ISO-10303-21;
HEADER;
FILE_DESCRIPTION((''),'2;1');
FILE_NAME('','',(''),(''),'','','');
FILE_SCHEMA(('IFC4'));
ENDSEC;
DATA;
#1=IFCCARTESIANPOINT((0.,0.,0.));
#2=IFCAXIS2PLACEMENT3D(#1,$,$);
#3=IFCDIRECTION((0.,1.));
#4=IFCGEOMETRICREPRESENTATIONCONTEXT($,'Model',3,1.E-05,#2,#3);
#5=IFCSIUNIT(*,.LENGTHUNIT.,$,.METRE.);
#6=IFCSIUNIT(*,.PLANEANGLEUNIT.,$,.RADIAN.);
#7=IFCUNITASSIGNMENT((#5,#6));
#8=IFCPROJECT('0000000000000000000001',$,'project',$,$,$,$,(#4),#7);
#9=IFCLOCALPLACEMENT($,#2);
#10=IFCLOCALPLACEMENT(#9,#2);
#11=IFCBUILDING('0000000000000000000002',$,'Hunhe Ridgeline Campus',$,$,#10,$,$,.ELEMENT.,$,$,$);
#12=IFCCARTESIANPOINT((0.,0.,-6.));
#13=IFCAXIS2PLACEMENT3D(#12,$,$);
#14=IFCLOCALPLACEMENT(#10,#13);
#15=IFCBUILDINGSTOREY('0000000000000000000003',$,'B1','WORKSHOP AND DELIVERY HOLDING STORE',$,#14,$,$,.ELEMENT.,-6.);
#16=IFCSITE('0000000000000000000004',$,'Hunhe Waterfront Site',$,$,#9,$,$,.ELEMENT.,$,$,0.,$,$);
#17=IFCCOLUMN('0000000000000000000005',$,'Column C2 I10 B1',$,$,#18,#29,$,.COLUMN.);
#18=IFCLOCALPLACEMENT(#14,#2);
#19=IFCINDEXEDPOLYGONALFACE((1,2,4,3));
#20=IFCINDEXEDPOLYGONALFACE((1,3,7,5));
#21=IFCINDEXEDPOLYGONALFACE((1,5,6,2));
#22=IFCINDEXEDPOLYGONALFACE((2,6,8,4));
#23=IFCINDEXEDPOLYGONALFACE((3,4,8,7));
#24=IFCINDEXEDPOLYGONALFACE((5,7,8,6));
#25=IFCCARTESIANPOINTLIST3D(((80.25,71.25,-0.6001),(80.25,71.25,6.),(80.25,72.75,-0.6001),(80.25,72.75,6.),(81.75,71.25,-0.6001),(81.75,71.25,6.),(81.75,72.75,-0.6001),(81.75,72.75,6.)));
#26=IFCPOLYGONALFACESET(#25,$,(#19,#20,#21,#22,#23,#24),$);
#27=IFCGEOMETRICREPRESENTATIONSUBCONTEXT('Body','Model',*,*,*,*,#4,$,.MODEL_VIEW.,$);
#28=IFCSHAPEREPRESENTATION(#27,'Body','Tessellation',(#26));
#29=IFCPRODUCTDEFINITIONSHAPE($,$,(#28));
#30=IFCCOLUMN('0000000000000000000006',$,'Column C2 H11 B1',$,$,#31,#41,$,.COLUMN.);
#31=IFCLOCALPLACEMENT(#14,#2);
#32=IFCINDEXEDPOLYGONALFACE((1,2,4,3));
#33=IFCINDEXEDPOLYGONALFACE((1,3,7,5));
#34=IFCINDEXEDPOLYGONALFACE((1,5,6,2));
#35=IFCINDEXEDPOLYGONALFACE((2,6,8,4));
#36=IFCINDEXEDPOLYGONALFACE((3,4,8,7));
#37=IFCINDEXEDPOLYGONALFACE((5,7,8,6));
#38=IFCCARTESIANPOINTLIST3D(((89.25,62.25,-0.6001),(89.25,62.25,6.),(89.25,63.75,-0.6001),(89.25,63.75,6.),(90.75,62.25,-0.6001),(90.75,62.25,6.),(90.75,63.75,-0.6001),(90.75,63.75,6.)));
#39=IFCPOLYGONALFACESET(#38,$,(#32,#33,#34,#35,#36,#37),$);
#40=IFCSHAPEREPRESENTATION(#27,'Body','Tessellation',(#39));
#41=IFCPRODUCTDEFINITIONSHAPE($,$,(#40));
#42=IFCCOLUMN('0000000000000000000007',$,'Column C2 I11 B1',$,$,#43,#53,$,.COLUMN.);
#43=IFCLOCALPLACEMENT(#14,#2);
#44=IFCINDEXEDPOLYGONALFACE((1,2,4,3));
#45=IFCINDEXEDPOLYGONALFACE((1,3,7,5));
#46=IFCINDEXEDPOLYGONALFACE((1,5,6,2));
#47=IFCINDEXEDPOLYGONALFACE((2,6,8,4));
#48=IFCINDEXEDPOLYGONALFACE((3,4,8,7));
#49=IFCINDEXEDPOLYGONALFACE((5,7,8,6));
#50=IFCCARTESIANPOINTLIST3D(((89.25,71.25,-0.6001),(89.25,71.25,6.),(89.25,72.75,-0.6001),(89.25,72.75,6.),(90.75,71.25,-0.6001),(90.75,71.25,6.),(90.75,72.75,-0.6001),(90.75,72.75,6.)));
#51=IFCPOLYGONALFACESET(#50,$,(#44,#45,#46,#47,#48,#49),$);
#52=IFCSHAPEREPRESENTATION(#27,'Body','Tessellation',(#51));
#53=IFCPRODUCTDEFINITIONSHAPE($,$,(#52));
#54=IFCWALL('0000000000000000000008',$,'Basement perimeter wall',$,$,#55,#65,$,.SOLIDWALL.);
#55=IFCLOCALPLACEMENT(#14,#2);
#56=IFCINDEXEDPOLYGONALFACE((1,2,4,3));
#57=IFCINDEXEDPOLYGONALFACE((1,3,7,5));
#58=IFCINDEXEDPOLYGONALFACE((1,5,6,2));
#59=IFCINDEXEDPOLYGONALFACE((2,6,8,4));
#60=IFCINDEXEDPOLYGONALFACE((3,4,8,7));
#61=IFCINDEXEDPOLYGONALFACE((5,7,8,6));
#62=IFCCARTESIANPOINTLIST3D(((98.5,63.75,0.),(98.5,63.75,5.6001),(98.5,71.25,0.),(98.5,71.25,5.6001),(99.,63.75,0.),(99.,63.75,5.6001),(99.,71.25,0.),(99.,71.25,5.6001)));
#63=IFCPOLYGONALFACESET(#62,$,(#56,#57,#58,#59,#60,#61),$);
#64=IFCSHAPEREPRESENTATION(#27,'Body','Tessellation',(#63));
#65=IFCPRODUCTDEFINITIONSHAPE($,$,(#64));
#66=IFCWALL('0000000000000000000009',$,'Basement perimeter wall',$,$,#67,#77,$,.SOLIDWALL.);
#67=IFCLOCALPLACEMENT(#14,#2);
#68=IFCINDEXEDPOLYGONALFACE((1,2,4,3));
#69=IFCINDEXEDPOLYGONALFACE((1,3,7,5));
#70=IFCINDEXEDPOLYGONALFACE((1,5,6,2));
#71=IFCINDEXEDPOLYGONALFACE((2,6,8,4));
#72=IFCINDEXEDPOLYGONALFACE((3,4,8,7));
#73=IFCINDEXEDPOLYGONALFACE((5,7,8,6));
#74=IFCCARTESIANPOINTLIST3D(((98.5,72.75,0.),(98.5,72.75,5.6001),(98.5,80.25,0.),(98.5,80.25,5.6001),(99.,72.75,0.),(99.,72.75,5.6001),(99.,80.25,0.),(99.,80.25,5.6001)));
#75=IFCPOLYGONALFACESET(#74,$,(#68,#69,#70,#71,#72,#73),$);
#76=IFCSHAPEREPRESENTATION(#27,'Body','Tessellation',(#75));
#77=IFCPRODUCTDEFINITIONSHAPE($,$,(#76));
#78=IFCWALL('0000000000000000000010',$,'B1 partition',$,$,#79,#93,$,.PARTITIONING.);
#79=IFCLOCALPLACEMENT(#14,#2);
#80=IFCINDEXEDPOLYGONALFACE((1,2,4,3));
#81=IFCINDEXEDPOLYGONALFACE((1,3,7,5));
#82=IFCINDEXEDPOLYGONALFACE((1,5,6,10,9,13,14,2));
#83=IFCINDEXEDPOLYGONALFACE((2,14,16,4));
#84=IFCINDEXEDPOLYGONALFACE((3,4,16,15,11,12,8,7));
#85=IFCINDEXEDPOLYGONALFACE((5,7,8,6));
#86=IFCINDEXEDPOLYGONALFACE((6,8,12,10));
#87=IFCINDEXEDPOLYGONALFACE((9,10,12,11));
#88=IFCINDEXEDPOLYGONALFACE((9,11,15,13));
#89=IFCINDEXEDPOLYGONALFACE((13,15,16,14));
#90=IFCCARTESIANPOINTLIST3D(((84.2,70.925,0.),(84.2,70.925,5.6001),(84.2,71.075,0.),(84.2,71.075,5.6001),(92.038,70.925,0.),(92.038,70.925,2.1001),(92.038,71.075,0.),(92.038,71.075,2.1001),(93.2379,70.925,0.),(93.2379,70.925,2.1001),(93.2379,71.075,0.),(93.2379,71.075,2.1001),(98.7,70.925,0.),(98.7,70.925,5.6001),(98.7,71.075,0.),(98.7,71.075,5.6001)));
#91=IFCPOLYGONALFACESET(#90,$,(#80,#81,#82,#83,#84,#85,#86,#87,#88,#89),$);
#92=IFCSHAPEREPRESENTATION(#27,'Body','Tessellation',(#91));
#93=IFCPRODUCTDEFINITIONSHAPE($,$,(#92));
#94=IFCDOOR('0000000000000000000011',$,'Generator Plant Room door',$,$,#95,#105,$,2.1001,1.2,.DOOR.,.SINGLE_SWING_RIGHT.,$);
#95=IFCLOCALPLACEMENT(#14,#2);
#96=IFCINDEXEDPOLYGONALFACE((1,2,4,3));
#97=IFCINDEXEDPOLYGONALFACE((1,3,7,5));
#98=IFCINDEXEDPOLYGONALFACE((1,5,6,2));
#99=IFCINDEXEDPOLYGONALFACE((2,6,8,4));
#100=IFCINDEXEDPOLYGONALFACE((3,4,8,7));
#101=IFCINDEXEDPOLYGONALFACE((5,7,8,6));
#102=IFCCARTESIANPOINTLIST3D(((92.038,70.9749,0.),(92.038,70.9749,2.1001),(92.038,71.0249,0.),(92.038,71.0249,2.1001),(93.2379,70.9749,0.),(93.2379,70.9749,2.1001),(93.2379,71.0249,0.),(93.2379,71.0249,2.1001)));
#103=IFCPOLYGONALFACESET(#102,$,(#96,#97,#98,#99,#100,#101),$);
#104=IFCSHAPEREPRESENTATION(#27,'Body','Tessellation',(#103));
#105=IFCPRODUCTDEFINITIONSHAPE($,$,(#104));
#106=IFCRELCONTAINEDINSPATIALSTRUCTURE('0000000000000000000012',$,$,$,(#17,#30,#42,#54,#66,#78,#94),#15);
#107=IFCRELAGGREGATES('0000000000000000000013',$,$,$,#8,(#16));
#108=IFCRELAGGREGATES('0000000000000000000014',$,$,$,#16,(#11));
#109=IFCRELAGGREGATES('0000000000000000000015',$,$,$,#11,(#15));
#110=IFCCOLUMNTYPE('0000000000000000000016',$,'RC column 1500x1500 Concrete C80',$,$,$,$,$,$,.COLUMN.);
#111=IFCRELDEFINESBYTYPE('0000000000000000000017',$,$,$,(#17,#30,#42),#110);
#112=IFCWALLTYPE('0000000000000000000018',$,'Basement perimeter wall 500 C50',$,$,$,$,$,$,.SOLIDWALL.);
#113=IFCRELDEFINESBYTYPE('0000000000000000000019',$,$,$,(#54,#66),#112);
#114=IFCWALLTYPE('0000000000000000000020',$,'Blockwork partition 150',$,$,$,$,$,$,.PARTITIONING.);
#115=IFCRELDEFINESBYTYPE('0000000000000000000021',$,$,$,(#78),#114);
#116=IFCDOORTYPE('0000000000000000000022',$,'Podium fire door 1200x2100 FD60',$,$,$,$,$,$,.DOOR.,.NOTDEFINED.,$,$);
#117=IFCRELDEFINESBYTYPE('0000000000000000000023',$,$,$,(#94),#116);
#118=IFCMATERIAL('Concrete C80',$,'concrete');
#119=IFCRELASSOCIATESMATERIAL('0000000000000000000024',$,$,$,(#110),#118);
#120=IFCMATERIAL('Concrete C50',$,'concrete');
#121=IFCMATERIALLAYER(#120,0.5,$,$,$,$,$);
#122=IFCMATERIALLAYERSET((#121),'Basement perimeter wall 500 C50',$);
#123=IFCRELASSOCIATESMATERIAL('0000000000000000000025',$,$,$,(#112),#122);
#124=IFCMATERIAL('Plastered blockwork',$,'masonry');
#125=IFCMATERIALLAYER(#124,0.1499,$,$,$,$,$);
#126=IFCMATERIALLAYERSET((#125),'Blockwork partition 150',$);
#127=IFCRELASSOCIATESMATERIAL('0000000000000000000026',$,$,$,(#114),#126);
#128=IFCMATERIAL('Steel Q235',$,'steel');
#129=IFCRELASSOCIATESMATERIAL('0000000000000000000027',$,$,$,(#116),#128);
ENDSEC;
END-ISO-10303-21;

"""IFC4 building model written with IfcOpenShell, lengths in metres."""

from ifc_helpers import new_model, si_unit, direction, frame, frame_2d, origin, origin_2d, place, context, subcontext, project, spatial, rectangle, extrude, material, layer, layer_set, material_profile, profile_set, type_object, element, fill, save


model = new_model("IFC4")

# Units and contexts
model_context = context("Model", 3, precision=1e-05, world=origin(), true_north=direction((0.0, 1.0)))
body_context = subcontext(model_context, "Body", "Model", "MODEL_VIEW")
ifc_project = project(units=[si_unit("LENGTHUNIT", "METRE"), si_unit("PLANEANGLEUNIT", "RADIAN")], contexts=[model_context])

# Site, building, storey
site_placement = place(None, origin())
site = spatial("IfcSite", under=ifc_project, at=site_placement, Name="Hunhe Waterfront Site", CompositionType="ELEMENT", RefElevation=0.0)
building_placement = place(site_placement, origin())
building = spatial("IfcBuilding", under=site, at=building_placement, Name="Hunhe Ridgeline Campus", CompositionType="ELEMENT")
storey_placement = place(building_placement, frame((0.0, 0.0, -6.0)))
storey = spatial("IfcBuildingStorey", under=building, at=storey_placement, Name="B1", Description="WORKSHOP AND DELIVERY HOLDING STORE", CompositionType="ELEMENT", Elevation=-6.0)

# Columns
ifc_material_1 = material(Name="Concrete C80", Category="concrete")
ifc_material_profile_1 = material_profile(ifc_material_1, rectangle(XDim=1.5, YDim=1.5, at=origin_2d()))
ifc_profile_set_1 = profile_set([ifc_material_profile_1], Name="Concrete C80")
column_type = type_object("IfcColumnType", Name="RC column 1500x1500 Concrete C80", PredefinedType="COLUMN", material=ifc_profile_set_1)
for number, where, z_axis, x_axis, name in (
    (1, (81.0, 72.0, -0.6001), (0.0, 0.0, 1.0), (1.0, 0.0, 0.0), "Column C2 I10 B1"),
    (2, (90.0, 63.0, -0.6001), (0.0, 0.0, 1.0), (1.0, 0.0, 0.0), "Column C2 H11 B1"),
    (3, (90.0, 72.0, -0.6001), (0.0, 0.0, 1.0), (1.0, 0.0, 0.0), "Column C2 I11 B1"),
):
    element("IfcColumn", number, at=place(storey_placement, frame(where, z_axis=z_axis, x_axis=x_axis)), inside=storey, type_object=column_type, Name=name, PredefinedType="COLUMN", context=body_context, shape_type="SweptSolid", body=[
        extrude(rectangle(XDim=1.5, YDim=1.5, at=origin_2d()), origin(), (0.0, 0.0, 1.0), 6.6001),
    ])

# Walls
ifc_material_2 = material(Name="Concrete C50", Category="concrete")
ifc_layer_1 = layer(ifc_material_2, 0.5)
ifc_layer_set_1 = layer_set([ifc_layer_1], Name="Basement perimeter wall 500 C50")
wall_type_1 = type_object("IfcWallType", Name="Basement perimeter wall 500 C50", PredefinedType="SOLIDWALL", material=ifc_layer_set_1)
for number, where, z_axis, x_axis, name in (
    (4, (98.75, 63.75, 0.0), (0.0, 0.0, 1.0), (0.0, 1.0, 0.0), "Basement perimeter wall"),
    (5, (98.75, 72.75, 0.0), (0.0, 0.0, 1.0), (0.0, 1.0, 0.0), "Basement perimeter wall"),
):
    element("IfcWall", number, at=place(storey_placement, frame(where, z_axis=z_axis, x_axis=x_axis)), inside=storey, type_object=wall_type_1, Name=name, PredefinedType="SOLIDWALL", context=body_context, shape_type="SweptSolid", body=[
        extrude(rectangle(XDim=7.5, YDim=0.5, at=frame_2d((3.75, 0.0))), origin(), (0.0, 0.0, 1.0), 5.6001),
    ])

# Wall, opening, door
ifc_material_3 = material(Name="Plastered blockwork", Category="masonry")
ifc_layer_2 = layer(ifc_material_3, 0.1499)
ifc_layer_set_2 = layer_set([ifc_layer_2], Name="Blockwork partition 150")
wall_type_2 = type_object("IfcWallType", Name="Blockwork partition 150", PredefinedType="PARTITIONING", material=ifc_layer_set_2)
wall_1_placement = place(storey_placement, frame((84.2, 71.0, 0.0), z_axis=(0.0, 0.0, 1.0), x_axis=(1.0, 0.0, 0.0)))
wall_1 = element("IfcWall", 6, at=wall_1_placement, inside=storey, type_object=wall_type_2, Name="B1 partition", PredefinedType="PARTITIONING", context=body_context, shape_type="SweptSolid", body=[
    extrude(rectangle(XDim=14.5, YDim=0.1499, at=frame_2d((7.25, 0.0))), origin(), (0.0, 0.0, 1.0), 5.6001),
])
opening_1_placement = place(wall_1_placement, frame((7.8379, 0.0, 0.0)))
opening_1 = element("IfcOpeningElement", 7, at=opening_1_placement, cuts=wall_1, PredefinedType="OPENING", context=body_context, shape_type="SweptSolid", body=[
    extrude(rectangle(XDim=1.2, YDim=2.1001, at=frame_2d((0.6001, 1.05))), frame((0.0, 0.075, 0.0), z_axis=(0.0, -1.0, 0.0), x_axis=(1.0, 0.0, 0.0)), (0.0, 0.0, 1.0), 0.1499),
])
ifc_material_4 = material(Name="Steel Q235", Category="steel")
door_type_1 = type_object("IfcDoorType", Name="Podium fire door 1200x2100 FD60", OperationType="NOTDEFINED", PredefinedType="DOOR", material=ifc_material_4)
door_1_placement = place(opening_1_placement, origin())
door_1 = element("IfcDoor", 8, at=door_1_placement, inside=storey, type_object=door_type_1, Name="Generator Plant Room door", OperationType="SINGLE_SWING_RIGHT", OverallHeight=2.1001, OverallWidth=1.2, PredefinedType="DOOR", context=body_context, shape_type="SweptSolid", body=[
    extrude(rectangle(XDim=1.2, YDim=2.1001, at=frame_2d((0.6001, 1.05))), frame((0.0, 0.0249, 0.0), z_axis=(0.0, -1.0, 0.0), x_axis=(1.0, 0.0, 0.0)), (0.0, 0.0, 1.0), 0.05),
])
fill(opening_1, door_1)

save(model, "model.ifc")
